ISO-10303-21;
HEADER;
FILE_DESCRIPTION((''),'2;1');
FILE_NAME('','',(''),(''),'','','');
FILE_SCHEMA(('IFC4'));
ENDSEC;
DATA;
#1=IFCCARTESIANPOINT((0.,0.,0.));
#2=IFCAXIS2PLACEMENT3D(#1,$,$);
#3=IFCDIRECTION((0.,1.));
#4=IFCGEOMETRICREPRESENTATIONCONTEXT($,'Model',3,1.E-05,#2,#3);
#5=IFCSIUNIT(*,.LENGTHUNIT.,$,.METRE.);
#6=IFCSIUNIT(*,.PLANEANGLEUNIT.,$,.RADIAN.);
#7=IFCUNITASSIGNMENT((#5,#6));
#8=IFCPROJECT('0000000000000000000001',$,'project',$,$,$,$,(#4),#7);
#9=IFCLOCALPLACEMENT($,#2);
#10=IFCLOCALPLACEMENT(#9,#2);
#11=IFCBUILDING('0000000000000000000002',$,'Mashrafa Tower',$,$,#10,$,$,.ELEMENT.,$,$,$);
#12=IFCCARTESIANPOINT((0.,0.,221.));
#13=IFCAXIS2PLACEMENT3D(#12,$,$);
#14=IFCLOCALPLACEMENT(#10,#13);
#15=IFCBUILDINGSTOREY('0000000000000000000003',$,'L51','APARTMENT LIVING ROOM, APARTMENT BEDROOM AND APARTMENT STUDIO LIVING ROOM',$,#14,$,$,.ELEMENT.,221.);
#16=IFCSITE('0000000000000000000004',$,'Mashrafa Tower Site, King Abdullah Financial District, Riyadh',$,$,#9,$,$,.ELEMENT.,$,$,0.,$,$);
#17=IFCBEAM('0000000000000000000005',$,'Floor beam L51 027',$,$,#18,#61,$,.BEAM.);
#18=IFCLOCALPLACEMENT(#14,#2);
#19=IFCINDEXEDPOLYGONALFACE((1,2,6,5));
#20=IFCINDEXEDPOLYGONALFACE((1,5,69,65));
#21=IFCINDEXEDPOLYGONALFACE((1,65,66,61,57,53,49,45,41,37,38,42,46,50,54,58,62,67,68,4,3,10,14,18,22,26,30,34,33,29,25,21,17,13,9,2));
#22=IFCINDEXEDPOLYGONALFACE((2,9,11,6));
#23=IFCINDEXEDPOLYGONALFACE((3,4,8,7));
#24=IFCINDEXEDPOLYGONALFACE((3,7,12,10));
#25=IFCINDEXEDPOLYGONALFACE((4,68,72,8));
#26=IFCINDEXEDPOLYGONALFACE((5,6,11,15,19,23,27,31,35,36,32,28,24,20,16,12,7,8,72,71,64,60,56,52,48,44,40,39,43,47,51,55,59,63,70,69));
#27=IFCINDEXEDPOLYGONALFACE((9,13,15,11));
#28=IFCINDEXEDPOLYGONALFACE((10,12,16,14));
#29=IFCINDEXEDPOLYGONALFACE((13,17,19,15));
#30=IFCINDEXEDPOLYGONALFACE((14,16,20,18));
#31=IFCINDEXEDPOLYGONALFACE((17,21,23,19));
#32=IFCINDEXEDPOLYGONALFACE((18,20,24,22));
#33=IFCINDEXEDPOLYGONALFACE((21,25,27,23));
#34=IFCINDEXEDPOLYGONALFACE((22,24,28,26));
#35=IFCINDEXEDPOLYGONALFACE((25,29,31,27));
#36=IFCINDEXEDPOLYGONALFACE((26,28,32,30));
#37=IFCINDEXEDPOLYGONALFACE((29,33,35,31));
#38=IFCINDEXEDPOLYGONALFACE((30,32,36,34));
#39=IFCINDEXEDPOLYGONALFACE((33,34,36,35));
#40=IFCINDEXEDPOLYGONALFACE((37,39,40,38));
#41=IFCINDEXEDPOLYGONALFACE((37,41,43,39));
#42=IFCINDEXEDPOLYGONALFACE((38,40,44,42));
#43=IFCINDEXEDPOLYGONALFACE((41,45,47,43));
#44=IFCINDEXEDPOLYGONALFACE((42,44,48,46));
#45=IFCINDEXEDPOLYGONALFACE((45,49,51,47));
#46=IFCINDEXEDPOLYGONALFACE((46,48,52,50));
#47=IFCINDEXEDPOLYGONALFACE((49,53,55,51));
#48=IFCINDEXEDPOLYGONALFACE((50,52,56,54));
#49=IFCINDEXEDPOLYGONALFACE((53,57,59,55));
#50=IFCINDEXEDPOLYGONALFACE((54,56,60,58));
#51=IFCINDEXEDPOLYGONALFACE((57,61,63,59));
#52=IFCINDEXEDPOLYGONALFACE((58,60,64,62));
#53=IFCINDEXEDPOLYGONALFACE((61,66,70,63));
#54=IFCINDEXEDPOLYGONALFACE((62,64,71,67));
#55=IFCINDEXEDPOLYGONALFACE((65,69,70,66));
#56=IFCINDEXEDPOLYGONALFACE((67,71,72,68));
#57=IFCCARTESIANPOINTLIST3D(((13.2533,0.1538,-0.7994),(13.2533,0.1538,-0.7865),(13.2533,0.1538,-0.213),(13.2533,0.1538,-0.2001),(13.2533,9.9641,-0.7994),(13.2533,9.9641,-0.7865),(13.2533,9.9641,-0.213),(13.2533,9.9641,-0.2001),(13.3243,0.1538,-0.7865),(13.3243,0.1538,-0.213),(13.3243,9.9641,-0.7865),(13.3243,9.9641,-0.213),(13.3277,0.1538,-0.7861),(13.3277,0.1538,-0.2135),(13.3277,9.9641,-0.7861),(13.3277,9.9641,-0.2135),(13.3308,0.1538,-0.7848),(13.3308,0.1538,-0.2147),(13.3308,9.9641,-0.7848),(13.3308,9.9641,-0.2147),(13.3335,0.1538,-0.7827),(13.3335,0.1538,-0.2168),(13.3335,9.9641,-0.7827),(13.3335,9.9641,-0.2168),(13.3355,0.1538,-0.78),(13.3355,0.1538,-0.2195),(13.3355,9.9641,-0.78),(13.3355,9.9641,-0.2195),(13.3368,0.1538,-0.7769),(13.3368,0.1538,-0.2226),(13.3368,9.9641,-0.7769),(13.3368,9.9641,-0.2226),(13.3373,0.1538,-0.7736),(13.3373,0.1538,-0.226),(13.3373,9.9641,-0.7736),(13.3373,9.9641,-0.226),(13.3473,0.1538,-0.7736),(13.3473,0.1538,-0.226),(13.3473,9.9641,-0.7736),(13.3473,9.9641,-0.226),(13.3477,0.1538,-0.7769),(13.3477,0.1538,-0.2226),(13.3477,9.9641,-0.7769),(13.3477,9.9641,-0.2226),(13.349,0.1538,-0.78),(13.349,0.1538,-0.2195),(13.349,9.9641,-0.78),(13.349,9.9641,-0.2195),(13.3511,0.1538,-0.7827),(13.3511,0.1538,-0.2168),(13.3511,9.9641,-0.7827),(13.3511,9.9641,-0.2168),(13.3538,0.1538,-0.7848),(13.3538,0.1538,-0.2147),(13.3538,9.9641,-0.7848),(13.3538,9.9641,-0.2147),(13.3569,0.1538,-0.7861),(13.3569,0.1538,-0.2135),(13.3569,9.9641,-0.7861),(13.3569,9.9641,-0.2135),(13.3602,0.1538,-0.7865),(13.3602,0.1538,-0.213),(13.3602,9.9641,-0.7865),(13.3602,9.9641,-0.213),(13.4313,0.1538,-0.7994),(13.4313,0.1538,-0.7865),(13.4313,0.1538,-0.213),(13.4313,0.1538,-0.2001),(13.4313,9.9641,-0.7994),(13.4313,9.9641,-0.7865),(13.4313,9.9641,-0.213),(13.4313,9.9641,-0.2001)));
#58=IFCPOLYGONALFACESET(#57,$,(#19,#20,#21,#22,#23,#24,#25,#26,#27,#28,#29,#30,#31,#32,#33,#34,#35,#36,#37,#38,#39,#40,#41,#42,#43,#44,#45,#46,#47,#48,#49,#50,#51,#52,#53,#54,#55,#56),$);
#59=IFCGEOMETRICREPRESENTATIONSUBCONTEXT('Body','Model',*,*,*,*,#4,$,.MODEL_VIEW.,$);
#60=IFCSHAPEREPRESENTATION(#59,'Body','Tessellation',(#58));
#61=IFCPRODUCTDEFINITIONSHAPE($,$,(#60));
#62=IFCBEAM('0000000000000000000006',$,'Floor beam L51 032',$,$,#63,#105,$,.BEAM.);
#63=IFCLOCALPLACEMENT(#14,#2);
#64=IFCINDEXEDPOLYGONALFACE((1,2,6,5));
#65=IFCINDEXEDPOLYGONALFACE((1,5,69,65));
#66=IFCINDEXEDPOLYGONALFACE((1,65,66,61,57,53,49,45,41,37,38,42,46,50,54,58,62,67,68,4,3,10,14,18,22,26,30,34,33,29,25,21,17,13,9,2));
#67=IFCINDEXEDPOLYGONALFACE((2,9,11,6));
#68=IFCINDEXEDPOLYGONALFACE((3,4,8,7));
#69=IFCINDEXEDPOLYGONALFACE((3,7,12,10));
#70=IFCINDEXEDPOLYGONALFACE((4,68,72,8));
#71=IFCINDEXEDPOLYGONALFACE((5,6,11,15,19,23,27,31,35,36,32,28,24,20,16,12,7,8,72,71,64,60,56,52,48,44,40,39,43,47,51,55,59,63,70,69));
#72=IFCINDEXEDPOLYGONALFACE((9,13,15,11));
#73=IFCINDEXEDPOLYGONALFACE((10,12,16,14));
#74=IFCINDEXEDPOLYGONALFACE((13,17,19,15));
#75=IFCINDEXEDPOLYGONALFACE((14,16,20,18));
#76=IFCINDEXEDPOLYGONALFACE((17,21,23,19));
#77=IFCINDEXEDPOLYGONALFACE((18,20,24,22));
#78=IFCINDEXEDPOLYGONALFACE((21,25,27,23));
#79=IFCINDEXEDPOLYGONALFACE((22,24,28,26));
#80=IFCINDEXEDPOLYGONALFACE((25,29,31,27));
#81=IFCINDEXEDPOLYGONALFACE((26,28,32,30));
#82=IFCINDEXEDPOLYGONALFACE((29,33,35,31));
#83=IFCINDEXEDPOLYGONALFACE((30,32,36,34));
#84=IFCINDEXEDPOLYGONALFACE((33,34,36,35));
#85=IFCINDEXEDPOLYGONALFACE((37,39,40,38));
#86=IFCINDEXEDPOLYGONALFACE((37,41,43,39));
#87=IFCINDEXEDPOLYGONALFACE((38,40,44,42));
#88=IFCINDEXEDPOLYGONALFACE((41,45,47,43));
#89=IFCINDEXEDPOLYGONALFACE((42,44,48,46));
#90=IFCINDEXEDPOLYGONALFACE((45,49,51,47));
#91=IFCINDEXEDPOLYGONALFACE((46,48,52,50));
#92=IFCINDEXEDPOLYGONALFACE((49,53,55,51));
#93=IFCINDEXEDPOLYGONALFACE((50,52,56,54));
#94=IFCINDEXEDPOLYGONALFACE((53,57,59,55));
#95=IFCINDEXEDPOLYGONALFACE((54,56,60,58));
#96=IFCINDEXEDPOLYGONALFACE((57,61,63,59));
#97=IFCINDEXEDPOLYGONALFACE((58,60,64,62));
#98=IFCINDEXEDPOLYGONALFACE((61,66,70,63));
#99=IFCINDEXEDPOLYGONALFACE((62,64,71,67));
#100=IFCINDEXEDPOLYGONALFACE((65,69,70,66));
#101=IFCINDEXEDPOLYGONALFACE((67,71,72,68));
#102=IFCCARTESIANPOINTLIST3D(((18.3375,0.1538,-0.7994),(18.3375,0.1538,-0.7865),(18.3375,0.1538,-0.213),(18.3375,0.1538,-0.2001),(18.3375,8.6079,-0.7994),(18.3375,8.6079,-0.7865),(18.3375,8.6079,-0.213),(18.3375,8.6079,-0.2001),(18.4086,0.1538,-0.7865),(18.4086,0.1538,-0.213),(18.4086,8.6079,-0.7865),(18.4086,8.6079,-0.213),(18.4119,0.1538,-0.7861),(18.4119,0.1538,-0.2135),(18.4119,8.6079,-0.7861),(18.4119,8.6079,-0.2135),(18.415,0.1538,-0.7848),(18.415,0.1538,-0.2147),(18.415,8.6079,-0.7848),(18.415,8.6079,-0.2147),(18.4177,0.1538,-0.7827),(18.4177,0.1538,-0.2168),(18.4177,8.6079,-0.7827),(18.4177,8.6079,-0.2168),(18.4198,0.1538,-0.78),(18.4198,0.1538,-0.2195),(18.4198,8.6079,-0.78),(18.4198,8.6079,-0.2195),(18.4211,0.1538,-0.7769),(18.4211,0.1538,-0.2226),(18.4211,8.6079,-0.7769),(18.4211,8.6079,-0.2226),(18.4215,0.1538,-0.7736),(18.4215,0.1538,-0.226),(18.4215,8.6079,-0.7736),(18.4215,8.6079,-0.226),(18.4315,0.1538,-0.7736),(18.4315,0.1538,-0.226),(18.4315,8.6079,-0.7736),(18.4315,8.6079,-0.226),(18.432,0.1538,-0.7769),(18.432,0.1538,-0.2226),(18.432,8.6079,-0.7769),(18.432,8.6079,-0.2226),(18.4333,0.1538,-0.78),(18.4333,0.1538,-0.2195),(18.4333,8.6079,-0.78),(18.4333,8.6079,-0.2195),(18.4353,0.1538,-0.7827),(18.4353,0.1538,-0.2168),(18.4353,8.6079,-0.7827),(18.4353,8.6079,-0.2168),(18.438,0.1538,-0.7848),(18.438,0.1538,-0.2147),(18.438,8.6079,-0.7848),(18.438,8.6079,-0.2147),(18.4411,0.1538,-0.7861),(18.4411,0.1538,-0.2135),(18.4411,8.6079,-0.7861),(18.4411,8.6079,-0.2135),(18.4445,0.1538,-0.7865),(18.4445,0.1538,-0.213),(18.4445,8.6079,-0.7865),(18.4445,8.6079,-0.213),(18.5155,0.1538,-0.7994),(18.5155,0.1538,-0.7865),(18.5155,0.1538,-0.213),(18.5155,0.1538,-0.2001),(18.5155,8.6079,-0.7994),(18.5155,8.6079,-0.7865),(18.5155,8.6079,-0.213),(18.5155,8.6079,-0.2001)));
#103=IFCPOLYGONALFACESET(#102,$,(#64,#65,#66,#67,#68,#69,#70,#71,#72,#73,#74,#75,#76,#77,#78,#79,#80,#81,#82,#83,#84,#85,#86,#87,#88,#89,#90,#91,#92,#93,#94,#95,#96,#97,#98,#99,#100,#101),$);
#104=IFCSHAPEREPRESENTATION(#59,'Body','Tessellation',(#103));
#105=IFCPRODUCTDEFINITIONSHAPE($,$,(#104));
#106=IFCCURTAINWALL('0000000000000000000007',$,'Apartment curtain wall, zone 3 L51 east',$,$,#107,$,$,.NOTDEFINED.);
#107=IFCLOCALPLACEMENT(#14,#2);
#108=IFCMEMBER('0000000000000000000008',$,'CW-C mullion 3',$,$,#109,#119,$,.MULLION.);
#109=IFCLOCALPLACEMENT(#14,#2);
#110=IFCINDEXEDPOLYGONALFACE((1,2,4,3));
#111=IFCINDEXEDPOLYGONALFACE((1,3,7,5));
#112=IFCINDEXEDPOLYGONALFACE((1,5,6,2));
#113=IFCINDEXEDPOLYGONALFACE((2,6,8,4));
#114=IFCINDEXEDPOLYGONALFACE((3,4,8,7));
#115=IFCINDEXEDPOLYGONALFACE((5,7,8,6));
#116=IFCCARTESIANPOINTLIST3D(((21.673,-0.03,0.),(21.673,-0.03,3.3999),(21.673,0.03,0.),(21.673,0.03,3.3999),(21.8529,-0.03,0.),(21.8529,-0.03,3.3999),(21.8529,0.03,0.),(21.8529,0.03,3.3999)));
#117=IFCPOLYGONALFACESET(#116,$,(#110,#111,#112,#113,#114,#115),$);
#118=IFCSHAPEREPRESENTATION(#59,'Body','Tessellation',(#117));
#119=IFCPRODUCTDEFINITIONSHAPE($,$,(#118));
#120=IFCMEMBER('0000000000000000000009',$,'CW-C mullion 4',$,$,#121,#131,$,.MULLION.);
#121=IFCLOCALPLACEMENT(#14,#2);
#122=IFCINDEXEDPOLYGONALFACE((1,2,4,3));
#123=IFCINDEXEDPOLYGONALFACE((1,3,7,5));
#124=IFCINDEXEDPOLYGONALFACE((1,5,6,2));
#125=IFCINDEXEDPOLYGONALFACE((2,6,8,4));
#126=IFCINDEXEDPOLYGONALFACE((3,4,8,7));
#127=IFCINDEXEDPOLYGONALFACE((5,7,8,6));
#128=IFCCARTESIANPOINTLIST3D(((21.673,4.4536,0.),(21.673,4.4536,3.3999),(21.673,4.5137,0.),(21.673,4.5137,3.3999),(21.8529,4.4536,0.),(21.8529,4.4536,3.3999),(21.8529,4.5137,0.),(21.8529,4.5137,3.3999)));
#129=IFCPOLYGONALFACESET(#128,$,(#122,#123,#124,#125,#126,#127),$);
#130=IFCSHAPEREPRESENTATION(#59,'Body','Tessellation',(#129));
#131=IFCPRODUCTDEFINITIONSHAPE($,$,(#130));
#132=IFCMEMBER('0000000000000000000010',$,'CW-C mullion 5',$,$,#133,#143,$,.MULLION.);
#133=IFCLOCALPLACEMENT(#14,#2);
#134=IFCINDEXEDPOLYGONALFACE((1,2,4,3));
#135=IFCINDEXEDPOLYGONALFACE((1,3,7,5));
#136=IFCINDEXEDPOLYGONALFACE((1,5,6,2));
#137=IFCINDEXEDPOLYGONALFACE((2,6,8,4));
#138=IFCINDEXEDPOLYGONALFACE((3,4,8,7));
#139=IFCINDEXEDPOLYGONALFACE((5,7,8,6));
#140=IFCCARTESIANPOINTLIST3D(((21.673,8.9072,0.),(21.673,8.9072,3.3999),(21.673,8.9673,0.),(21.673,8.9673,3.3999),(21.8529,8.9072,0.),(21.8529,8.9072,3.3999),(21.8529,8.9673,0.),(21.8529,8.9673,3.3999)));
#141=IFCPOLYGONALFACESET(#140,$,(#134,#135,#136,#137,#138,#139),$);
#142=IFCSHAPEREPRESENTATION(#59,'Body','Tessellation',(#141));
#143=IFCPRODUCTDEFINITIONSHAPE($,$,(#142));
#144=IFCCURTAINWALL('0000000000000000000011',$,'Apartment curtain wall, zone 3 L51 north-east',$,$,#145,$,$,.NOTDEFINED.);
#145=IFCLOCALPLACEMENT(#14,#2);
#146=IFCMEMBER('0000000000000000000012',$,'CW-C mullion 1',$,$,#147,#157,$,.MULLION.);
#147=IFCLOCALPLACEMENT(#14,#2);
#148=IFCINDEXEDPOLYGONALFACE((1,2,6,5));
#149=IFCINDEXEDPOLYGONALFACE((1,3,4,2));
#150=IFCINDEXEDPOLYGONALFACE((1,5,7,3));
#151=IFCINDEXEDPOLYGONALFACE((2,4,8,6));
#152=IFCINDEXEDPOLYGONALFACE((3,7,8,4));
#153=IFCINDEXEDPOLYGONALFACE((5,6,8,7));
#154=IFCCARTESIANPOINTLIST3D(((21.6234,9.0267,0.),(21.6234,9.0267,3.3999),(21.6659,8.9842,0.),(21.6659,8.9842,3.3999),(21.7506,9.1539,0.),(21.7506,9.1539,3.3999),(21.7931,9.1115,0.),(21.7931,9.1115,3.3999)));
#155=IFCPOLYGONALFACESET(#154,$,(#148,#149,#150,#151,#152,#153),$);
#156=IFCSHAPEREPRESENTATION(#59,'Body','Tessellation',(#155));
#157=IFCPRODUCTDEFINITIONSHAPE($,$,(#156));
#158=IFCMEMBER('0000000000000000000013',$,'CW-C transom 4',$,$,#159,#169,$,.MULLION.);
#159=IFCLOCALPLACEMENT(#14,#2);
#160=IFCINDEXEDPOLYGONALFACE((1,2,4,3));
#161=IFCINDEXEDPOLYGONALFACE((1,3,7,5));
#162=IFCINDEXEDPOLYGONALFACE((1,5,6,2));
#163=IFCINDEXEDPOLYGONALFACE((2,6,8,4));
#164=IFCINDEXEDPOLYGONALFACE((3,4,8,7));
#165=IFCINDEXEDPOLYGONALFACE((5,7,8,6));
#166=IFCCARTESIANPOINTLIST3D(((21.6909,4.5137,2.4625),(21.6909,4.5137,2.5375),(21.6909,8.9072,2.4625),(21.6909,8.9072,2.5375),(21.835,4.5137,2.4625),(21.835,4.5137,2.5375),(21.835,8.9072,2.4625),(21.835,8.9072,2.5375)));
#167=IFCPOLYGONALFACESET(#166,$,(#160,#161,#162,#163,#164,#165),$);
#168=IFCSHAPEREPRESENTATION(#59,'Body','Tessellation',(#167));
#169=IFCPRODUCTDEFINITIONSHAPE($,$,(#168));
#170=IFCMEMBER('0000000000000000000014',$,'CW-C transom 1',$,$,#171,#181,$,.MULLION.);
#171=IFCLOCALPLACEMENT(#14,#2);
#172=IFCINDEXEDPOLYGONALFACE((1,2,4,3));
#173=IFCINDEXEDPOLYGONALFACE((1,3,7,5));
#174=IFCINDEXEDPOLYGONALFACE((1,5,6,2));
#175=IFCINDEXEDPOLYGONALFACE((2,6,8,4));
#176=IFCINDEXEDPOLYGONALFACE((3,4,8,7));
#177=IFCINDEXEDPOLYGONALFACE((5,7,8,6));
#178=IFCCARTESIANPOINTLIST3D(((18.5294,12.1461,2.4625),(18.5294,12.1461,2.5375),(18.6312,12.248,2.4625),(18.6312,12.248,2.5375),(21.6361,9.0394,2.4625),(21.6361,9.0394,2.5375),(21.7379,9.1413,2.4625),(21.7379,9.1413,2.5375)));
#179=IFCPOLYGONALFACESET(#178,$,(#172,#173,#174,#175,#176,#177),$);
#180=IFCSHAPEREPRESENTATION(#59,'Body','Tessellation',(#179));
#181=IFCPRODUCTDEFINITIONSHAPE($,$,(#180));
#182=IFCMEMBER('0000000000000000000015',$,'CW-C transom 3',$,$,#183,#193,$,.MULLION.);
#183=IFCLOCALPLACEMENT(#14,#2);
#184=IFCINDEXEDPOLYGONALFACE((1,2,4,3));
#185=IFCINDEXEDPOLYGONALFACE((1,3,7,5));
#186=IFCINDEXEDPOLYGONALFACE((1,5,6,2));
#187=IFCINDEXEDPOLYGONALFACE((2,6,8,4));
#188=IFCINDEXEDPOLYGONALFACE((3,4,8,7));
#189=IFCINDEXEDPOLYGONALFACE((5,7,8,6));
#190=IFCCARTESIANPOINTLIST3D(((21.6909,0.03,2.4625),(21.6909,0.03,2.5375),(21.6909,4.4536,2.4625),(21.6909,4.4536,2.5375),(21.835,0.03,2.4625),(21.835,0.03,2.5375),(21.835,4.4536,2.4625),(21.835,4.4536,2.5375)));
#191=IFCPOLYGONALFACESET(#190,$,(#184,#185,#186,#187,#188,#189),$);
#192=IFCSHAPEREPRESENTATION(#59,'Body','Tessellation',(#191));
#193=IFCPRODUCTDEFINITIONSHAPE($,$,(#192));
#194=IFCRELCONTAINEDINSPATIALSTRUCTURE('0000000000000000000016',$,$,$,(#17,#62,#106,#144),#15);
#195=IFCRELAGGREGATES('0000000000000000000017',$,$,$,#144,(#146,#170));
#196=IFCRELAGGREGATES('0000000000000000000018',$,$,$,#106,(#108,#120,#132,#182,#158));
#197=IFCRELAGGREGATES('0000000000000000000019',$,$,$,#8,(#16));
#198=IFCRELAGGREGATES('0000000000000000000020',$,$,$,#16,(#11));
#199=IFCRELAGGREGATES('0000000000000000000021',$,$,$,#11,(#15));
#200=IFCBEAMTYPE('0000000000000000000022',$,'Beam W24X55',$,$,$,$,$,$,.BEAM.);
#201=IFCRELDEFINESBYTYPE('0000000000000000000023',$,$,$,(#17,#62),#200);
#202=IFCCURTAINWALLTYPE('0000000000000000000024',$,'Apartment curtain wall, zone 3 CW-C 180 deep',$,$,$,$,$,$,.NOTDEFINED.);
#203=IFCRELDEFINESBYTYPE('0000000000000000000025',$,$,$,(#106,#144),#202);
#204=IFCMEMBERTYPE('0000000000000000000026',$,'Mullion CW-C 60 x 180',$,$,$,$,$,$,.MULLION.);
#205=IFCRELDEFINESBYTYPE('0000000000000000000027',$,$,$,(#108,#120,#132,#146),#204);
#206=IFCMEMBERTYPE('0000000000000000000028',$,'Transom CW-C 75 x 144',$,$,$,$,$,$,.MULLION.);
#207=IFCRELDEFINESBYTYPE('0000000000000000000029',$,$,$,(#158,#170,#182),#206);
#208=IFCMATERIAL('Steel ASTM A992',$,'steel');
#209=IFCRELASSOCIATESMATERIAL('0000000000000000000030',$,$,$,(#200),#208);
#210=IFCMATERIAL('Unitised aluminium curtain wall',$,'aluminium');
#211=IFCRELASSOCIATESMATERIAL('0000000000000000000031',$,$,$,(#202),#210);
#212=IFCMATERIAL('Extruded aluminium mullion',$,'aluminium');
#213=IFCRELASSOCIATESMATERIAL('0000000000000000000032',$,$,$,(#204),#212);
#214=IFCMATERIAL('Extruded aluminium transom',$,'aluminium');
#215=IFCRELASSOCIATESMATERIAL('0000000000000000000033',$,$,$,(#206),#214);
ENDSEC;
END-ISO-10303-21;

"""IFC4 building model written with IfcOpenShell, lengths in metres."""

from ifc_helpers import new_model, si_unit, direction, frame, origin, origin_2d, place, context, subcontext, project, spatial, rectangle, i_section, extrude, source, transform, mapped, material, material_profile, profile_set, type_object, type_shapes, element, aggregate, save


model = new_model("IFC4")

# Units and contexts
model_context = context("Model", 3, precision=1e-05, world=origin(), true_north=direction((0.0, 1.0)))
body_context = subcontext(model_context, "Body", "Model", "MODEL_VIEW")
ifc_project = project(units=[si_unit("LENGTHUNIT", "METRE"), si_unit("PLANEANGLEUNIT", "RADIAN")], contexts=[model_context])

# Site, building, storey
site_placement = place(None, origin())
site = spatial("IfcSite", under=ifc_project, at=site_placement, Name="Mashrafa Tower Site, King Abdullah Financial District, Riyadh", CompositionType="ELEMENT", RefElevation=0.0)
building_placement = place(site_placement, origin())
building = spatial("IfcBuilding", under=site, at=building_placement, Name="Mashrafa Tower", CompositionType="ELEMENT")
storey_placement = place(building_placement, frame((0.0, 0.0, 221.0)))
storey = spatial("IfcBuildingStorey", under=building, at=storey_placement, Name="L51", Description="APARTMENT LIVING ROOM, APARTMENT BEDROOM AND APARTMENT STUDIO LIVING ROOM", CompositionType="ELEMENT", Elevation=221.0)

# Beams
ifc_material_1 = material(Name="Steel ASTM A992", Category="steel")
ifc_material_profile_1 = material_profile(ifc_material_1, i_section(OverallWidth=0.178, OverallDepth=0.5994, WebThickness=0.01, FlangeThickness=0.0129, FilletRadius=0.0129, at=origin_2d()), Name="W24X55")
ifc_profile_set_1 = profile_set([ifc_material_profile_1], Name="Steel ASTM A992")
beam_type_1 = type_object("IfcBeamType", Name="Beam W24X55", PredefinedType="BEAM", material=ifc_profile_set_1)
beam_1_placement = place(storey_placement, frame((13.3423, 9.9641, -0.4998), z_axis=(0.0, -1.0, 0.0), x_axis=(1.0, 0.0, 0.0)))
element("IfcBeam", 1, at=beam_1_placement, inside=storey, type_object=beam_type_1, Name="Floor beam L51 027", PredefinedType="BEAM", context=body_context, shape_type="SweptSolid", body=[
    extrude(i_section(OverallWidth=0.178, OverallDepth=0.5994, WebThickness=0.01, FlangeThickness=0.0129, FilletRadius=0.0129, at=origin_2d()), origin(), (0.0, 0.0, 1.0), 9.8103),
])
beam_2_placement = place(storey_placement, frame((18.4265, 8.6079, -0.4998), z_axis=(0.0, -1.0, 0.0), x_axis=(1.0, 0.0, 0.0)))
element("IfcBeam", 2, at=beam_2_placement, inside=storey, type_object=beam_type_1, Name="Floor beam L51 032", PredefinedType="BEAM", context=body_context, shape_type="SweptSolid", body=[
    extrude(i_section(OverallWidth=0.178, OverallDepth=0.5994, WebThickness=0.01, FlangeThickness=0.0129, FilletRadius=0.0129, at=origin_2d()), origin(), (0.0, 0.0, 1.0), 8.4541),
])

# Curtain wall, members
ifc_material_2 = material(Name="Unitised aluminium curtain wall", Category="aluminium")
curtain_wall_type = type_object("IfcCurtainWallType", Name="Apartment curtain wall, zone 3 CW-C 180 deep", PredefinedType="NOTDEFINED", material=ifc_material_2)
curtain_wall_1_placement = place(storey_placement, origin())
curtain_wall_1 = element("IfcCurtainWall", 3, at=curtain_wall_1_placement, inside=storey, type_object=curtain_wall_type, Name="Apartment curtain wall, zone 3 L51 east", PredefinedType="NOTDEFINED")
ifc_material_3 = material(Name="Extruded aluminium mullion", Category="aluminium")
ifc_material_profile_2 = material_profile(ifc_material_3, rectangle(XDim=0.1799, YDim=0.0601, at=origin_2d()), Name="Mullion 60x180")
ifc_profile_set_2 = profile_set([ifc_material_profile_2], Name="Extruded aluminium mullion")
member_type_1 = type_object("IfcMemberType", Name="Mullion CW-C 60 x 180", PredefinedType="MULLION", material=ifc_profile_set_2)
shared_shape_1 = source(origin(), body_context, "Body", "SweptSolid", [
    extrude(rectangle(XDim=0.1799, YDim=0.0601, at=origin_2d()), origin(), (0.0, 0.0, 1.0), 3.3999),
])
type_shapes(member_type_1, [shared_shape_1])
member_1_placement = place(storey_placement, frame((21.7629, 0.0, 0.0), z_axis=(0.0, 0.0, 1.0), x_axis=(-1.0, 0.0, 0.0)))
member_1 = element("IfcMember", 4, at=member_1_placement, type_object=member_type_1, Name="CW-C mullion 3", PredefinedType="MULLION", context=body_context, shape_type="MappedRepresentation", body=[
    mapped(shared_shape_1, transform((0.0, 0.0, 0.0))),
])
member_2_placement = place(storey_placement, frame((21.7629, 4.4836, 0.0), z_axis=(0.0, 0.0, 1.0), x_axis=(-1.0, 0.0, 0.0)))
member_2 = element("IfcMember", 5, at=member_2_placement, type_object=member_type_1, Name="CW-C mullion 4", PredefinedType="MULLION", context=body_context, shape_type="MappedRepresentation", body=[
    mapped(shared_shape_1, transform((0.0, 0.0, 0.0))),
])
member_3_placement = place(storey_placement, frame((21.7629, 8.9373, 0.0), z_axis=(0.0, 0.0, 1.0), x_axis=(-1.0, 0.0, 0.0)))
member_3 = element("IfcMember", 6, at=member_3_placement, type_object=member_type_1, Name="CW-C mullion 5", PredefinedType="MULLION", context=body_context, shape_type="MappedRepresentation", body=[
    mapped(shared_shape_1, transform((0.0, 0.0, 0.0))),
])

# Curtain wall, member
curtain_wall_2_placement = place(storey_placement, origin())
curtain_wall_2 = element("IfcCurtainWall", 7, at=curtain_wall_2_placement, inside=storey, type_object=curtain_wall_type, Name="Apartment curtain wall, zone 3 L51 north-east", PredefinedType="NOTDEFINED")
member_4_placement = place(storey_placement, frame((21.7083, 9.0691, 0.0), z_axis=(0.0, 0.0, 1.0), x_axis=(-0.707107, -0.707107, 0.0)))
member_4 = element("IfcMember", 8, at=member_4_placement, type_object=member_type_1, Name="CW-C mullion 1", PredefinedType="MULLION", context=body_context, shape_type="MappedRepresentation", body=[
    mapped(shared_shape_1, transform((0.0, 0.0, 0.0))),
])

# Members
ifc_material_4 = material(Name="Extruded aluminium transom", Category="aluminium")
ifc_material_profile_3 = material_profile(ifc_material_4, rectangle(XDim=0.144, YDim=0.075, at=origin_2d()), Name="Transom 75x144")
ifc_profile_set_3 = profile_set([ifc_material_profile_3], Name="Extruded aluminium transom")
member_type_2 = type_object("IfcMemberType", Name="Transom CW-C 75 x 144", PredefinedType="MULLION", material=ifc_profile_set_3)
shared_shape_2 = source(origin(), body_context, "Body", "SweptSolid", [
    extrude(rectangle(XDim=0.144, YDim=0.075, at=origin_2d()), origin(), (0.0, 0.0, 1.0), 4.3936),
])
member_5_placement = place(storey_placement, frame((21.7629, 4.5137, 2.5), z_axis=(0.0, 1.0, 0.0), x_axis=(-1.0, 0.0, 0.0)))
member_5 = element("IfcMember", 9, at=member_5_placement, type_object=member_type_2, Name="CW-C transom 4", PredefinedType="MULLION", context=body_context, shape_type="MappedRepresentation", body=[
    mapped(shared_shape_2, transform((0.0, 0.0, 0.0))),
])
member_6_placement = place(storey_placement, frame((21.687, 9.0903, 2.5), z_axis=(-0.707107, 0.707107, 0.0), x_axis=(-0.707107, -0.707107, 0.0)))
member_6 = element("IfcMember", 10, at=member_6_placement, type_object=member_type_2, Name="CW-C transom 1", PredefinedType="MULLION", context=body_context, shape_type="MappedRepresentation", body=[
    mapped(shared_shape_2, transform((0.0, 0.0, 0.0))),
])
aggregate(curtain_wall_2, [member_4, member_6])
shared_shape_3 = source(origin(), body_context, "Body", "SweptSolid", [
    extrude(rectangle(XDim=0.144, YDim=0.075, at=origin_2d()), origin(), (0.0, 0.0, 1.0), 4.4236),
])
type_shapes(member_type_2, [shared_shape_2, shared_shape_3])
member_7_placement = place(storey_placement, frame((21.7629, 0.03, 2.5), z_axis=(0.0, 1.0, 0.0), x_axis=(-1.0, 0.0, 0.0)))
member_7 = element("IfcMember", 11, at=member_7_placement, type_object=member_type_2, Name="CW-C transom 3", PredefinedType="MULLION", context=body_context, shape_type="MappedRepresentation", body=[
    mapped(shared_shape_3, transform((0.0, 0.0, 0.0))),
])

aggregate(curtain_wall_1, [member_1, member_2, member_3, member_7, member_5])

save(model, "model.ifc")
